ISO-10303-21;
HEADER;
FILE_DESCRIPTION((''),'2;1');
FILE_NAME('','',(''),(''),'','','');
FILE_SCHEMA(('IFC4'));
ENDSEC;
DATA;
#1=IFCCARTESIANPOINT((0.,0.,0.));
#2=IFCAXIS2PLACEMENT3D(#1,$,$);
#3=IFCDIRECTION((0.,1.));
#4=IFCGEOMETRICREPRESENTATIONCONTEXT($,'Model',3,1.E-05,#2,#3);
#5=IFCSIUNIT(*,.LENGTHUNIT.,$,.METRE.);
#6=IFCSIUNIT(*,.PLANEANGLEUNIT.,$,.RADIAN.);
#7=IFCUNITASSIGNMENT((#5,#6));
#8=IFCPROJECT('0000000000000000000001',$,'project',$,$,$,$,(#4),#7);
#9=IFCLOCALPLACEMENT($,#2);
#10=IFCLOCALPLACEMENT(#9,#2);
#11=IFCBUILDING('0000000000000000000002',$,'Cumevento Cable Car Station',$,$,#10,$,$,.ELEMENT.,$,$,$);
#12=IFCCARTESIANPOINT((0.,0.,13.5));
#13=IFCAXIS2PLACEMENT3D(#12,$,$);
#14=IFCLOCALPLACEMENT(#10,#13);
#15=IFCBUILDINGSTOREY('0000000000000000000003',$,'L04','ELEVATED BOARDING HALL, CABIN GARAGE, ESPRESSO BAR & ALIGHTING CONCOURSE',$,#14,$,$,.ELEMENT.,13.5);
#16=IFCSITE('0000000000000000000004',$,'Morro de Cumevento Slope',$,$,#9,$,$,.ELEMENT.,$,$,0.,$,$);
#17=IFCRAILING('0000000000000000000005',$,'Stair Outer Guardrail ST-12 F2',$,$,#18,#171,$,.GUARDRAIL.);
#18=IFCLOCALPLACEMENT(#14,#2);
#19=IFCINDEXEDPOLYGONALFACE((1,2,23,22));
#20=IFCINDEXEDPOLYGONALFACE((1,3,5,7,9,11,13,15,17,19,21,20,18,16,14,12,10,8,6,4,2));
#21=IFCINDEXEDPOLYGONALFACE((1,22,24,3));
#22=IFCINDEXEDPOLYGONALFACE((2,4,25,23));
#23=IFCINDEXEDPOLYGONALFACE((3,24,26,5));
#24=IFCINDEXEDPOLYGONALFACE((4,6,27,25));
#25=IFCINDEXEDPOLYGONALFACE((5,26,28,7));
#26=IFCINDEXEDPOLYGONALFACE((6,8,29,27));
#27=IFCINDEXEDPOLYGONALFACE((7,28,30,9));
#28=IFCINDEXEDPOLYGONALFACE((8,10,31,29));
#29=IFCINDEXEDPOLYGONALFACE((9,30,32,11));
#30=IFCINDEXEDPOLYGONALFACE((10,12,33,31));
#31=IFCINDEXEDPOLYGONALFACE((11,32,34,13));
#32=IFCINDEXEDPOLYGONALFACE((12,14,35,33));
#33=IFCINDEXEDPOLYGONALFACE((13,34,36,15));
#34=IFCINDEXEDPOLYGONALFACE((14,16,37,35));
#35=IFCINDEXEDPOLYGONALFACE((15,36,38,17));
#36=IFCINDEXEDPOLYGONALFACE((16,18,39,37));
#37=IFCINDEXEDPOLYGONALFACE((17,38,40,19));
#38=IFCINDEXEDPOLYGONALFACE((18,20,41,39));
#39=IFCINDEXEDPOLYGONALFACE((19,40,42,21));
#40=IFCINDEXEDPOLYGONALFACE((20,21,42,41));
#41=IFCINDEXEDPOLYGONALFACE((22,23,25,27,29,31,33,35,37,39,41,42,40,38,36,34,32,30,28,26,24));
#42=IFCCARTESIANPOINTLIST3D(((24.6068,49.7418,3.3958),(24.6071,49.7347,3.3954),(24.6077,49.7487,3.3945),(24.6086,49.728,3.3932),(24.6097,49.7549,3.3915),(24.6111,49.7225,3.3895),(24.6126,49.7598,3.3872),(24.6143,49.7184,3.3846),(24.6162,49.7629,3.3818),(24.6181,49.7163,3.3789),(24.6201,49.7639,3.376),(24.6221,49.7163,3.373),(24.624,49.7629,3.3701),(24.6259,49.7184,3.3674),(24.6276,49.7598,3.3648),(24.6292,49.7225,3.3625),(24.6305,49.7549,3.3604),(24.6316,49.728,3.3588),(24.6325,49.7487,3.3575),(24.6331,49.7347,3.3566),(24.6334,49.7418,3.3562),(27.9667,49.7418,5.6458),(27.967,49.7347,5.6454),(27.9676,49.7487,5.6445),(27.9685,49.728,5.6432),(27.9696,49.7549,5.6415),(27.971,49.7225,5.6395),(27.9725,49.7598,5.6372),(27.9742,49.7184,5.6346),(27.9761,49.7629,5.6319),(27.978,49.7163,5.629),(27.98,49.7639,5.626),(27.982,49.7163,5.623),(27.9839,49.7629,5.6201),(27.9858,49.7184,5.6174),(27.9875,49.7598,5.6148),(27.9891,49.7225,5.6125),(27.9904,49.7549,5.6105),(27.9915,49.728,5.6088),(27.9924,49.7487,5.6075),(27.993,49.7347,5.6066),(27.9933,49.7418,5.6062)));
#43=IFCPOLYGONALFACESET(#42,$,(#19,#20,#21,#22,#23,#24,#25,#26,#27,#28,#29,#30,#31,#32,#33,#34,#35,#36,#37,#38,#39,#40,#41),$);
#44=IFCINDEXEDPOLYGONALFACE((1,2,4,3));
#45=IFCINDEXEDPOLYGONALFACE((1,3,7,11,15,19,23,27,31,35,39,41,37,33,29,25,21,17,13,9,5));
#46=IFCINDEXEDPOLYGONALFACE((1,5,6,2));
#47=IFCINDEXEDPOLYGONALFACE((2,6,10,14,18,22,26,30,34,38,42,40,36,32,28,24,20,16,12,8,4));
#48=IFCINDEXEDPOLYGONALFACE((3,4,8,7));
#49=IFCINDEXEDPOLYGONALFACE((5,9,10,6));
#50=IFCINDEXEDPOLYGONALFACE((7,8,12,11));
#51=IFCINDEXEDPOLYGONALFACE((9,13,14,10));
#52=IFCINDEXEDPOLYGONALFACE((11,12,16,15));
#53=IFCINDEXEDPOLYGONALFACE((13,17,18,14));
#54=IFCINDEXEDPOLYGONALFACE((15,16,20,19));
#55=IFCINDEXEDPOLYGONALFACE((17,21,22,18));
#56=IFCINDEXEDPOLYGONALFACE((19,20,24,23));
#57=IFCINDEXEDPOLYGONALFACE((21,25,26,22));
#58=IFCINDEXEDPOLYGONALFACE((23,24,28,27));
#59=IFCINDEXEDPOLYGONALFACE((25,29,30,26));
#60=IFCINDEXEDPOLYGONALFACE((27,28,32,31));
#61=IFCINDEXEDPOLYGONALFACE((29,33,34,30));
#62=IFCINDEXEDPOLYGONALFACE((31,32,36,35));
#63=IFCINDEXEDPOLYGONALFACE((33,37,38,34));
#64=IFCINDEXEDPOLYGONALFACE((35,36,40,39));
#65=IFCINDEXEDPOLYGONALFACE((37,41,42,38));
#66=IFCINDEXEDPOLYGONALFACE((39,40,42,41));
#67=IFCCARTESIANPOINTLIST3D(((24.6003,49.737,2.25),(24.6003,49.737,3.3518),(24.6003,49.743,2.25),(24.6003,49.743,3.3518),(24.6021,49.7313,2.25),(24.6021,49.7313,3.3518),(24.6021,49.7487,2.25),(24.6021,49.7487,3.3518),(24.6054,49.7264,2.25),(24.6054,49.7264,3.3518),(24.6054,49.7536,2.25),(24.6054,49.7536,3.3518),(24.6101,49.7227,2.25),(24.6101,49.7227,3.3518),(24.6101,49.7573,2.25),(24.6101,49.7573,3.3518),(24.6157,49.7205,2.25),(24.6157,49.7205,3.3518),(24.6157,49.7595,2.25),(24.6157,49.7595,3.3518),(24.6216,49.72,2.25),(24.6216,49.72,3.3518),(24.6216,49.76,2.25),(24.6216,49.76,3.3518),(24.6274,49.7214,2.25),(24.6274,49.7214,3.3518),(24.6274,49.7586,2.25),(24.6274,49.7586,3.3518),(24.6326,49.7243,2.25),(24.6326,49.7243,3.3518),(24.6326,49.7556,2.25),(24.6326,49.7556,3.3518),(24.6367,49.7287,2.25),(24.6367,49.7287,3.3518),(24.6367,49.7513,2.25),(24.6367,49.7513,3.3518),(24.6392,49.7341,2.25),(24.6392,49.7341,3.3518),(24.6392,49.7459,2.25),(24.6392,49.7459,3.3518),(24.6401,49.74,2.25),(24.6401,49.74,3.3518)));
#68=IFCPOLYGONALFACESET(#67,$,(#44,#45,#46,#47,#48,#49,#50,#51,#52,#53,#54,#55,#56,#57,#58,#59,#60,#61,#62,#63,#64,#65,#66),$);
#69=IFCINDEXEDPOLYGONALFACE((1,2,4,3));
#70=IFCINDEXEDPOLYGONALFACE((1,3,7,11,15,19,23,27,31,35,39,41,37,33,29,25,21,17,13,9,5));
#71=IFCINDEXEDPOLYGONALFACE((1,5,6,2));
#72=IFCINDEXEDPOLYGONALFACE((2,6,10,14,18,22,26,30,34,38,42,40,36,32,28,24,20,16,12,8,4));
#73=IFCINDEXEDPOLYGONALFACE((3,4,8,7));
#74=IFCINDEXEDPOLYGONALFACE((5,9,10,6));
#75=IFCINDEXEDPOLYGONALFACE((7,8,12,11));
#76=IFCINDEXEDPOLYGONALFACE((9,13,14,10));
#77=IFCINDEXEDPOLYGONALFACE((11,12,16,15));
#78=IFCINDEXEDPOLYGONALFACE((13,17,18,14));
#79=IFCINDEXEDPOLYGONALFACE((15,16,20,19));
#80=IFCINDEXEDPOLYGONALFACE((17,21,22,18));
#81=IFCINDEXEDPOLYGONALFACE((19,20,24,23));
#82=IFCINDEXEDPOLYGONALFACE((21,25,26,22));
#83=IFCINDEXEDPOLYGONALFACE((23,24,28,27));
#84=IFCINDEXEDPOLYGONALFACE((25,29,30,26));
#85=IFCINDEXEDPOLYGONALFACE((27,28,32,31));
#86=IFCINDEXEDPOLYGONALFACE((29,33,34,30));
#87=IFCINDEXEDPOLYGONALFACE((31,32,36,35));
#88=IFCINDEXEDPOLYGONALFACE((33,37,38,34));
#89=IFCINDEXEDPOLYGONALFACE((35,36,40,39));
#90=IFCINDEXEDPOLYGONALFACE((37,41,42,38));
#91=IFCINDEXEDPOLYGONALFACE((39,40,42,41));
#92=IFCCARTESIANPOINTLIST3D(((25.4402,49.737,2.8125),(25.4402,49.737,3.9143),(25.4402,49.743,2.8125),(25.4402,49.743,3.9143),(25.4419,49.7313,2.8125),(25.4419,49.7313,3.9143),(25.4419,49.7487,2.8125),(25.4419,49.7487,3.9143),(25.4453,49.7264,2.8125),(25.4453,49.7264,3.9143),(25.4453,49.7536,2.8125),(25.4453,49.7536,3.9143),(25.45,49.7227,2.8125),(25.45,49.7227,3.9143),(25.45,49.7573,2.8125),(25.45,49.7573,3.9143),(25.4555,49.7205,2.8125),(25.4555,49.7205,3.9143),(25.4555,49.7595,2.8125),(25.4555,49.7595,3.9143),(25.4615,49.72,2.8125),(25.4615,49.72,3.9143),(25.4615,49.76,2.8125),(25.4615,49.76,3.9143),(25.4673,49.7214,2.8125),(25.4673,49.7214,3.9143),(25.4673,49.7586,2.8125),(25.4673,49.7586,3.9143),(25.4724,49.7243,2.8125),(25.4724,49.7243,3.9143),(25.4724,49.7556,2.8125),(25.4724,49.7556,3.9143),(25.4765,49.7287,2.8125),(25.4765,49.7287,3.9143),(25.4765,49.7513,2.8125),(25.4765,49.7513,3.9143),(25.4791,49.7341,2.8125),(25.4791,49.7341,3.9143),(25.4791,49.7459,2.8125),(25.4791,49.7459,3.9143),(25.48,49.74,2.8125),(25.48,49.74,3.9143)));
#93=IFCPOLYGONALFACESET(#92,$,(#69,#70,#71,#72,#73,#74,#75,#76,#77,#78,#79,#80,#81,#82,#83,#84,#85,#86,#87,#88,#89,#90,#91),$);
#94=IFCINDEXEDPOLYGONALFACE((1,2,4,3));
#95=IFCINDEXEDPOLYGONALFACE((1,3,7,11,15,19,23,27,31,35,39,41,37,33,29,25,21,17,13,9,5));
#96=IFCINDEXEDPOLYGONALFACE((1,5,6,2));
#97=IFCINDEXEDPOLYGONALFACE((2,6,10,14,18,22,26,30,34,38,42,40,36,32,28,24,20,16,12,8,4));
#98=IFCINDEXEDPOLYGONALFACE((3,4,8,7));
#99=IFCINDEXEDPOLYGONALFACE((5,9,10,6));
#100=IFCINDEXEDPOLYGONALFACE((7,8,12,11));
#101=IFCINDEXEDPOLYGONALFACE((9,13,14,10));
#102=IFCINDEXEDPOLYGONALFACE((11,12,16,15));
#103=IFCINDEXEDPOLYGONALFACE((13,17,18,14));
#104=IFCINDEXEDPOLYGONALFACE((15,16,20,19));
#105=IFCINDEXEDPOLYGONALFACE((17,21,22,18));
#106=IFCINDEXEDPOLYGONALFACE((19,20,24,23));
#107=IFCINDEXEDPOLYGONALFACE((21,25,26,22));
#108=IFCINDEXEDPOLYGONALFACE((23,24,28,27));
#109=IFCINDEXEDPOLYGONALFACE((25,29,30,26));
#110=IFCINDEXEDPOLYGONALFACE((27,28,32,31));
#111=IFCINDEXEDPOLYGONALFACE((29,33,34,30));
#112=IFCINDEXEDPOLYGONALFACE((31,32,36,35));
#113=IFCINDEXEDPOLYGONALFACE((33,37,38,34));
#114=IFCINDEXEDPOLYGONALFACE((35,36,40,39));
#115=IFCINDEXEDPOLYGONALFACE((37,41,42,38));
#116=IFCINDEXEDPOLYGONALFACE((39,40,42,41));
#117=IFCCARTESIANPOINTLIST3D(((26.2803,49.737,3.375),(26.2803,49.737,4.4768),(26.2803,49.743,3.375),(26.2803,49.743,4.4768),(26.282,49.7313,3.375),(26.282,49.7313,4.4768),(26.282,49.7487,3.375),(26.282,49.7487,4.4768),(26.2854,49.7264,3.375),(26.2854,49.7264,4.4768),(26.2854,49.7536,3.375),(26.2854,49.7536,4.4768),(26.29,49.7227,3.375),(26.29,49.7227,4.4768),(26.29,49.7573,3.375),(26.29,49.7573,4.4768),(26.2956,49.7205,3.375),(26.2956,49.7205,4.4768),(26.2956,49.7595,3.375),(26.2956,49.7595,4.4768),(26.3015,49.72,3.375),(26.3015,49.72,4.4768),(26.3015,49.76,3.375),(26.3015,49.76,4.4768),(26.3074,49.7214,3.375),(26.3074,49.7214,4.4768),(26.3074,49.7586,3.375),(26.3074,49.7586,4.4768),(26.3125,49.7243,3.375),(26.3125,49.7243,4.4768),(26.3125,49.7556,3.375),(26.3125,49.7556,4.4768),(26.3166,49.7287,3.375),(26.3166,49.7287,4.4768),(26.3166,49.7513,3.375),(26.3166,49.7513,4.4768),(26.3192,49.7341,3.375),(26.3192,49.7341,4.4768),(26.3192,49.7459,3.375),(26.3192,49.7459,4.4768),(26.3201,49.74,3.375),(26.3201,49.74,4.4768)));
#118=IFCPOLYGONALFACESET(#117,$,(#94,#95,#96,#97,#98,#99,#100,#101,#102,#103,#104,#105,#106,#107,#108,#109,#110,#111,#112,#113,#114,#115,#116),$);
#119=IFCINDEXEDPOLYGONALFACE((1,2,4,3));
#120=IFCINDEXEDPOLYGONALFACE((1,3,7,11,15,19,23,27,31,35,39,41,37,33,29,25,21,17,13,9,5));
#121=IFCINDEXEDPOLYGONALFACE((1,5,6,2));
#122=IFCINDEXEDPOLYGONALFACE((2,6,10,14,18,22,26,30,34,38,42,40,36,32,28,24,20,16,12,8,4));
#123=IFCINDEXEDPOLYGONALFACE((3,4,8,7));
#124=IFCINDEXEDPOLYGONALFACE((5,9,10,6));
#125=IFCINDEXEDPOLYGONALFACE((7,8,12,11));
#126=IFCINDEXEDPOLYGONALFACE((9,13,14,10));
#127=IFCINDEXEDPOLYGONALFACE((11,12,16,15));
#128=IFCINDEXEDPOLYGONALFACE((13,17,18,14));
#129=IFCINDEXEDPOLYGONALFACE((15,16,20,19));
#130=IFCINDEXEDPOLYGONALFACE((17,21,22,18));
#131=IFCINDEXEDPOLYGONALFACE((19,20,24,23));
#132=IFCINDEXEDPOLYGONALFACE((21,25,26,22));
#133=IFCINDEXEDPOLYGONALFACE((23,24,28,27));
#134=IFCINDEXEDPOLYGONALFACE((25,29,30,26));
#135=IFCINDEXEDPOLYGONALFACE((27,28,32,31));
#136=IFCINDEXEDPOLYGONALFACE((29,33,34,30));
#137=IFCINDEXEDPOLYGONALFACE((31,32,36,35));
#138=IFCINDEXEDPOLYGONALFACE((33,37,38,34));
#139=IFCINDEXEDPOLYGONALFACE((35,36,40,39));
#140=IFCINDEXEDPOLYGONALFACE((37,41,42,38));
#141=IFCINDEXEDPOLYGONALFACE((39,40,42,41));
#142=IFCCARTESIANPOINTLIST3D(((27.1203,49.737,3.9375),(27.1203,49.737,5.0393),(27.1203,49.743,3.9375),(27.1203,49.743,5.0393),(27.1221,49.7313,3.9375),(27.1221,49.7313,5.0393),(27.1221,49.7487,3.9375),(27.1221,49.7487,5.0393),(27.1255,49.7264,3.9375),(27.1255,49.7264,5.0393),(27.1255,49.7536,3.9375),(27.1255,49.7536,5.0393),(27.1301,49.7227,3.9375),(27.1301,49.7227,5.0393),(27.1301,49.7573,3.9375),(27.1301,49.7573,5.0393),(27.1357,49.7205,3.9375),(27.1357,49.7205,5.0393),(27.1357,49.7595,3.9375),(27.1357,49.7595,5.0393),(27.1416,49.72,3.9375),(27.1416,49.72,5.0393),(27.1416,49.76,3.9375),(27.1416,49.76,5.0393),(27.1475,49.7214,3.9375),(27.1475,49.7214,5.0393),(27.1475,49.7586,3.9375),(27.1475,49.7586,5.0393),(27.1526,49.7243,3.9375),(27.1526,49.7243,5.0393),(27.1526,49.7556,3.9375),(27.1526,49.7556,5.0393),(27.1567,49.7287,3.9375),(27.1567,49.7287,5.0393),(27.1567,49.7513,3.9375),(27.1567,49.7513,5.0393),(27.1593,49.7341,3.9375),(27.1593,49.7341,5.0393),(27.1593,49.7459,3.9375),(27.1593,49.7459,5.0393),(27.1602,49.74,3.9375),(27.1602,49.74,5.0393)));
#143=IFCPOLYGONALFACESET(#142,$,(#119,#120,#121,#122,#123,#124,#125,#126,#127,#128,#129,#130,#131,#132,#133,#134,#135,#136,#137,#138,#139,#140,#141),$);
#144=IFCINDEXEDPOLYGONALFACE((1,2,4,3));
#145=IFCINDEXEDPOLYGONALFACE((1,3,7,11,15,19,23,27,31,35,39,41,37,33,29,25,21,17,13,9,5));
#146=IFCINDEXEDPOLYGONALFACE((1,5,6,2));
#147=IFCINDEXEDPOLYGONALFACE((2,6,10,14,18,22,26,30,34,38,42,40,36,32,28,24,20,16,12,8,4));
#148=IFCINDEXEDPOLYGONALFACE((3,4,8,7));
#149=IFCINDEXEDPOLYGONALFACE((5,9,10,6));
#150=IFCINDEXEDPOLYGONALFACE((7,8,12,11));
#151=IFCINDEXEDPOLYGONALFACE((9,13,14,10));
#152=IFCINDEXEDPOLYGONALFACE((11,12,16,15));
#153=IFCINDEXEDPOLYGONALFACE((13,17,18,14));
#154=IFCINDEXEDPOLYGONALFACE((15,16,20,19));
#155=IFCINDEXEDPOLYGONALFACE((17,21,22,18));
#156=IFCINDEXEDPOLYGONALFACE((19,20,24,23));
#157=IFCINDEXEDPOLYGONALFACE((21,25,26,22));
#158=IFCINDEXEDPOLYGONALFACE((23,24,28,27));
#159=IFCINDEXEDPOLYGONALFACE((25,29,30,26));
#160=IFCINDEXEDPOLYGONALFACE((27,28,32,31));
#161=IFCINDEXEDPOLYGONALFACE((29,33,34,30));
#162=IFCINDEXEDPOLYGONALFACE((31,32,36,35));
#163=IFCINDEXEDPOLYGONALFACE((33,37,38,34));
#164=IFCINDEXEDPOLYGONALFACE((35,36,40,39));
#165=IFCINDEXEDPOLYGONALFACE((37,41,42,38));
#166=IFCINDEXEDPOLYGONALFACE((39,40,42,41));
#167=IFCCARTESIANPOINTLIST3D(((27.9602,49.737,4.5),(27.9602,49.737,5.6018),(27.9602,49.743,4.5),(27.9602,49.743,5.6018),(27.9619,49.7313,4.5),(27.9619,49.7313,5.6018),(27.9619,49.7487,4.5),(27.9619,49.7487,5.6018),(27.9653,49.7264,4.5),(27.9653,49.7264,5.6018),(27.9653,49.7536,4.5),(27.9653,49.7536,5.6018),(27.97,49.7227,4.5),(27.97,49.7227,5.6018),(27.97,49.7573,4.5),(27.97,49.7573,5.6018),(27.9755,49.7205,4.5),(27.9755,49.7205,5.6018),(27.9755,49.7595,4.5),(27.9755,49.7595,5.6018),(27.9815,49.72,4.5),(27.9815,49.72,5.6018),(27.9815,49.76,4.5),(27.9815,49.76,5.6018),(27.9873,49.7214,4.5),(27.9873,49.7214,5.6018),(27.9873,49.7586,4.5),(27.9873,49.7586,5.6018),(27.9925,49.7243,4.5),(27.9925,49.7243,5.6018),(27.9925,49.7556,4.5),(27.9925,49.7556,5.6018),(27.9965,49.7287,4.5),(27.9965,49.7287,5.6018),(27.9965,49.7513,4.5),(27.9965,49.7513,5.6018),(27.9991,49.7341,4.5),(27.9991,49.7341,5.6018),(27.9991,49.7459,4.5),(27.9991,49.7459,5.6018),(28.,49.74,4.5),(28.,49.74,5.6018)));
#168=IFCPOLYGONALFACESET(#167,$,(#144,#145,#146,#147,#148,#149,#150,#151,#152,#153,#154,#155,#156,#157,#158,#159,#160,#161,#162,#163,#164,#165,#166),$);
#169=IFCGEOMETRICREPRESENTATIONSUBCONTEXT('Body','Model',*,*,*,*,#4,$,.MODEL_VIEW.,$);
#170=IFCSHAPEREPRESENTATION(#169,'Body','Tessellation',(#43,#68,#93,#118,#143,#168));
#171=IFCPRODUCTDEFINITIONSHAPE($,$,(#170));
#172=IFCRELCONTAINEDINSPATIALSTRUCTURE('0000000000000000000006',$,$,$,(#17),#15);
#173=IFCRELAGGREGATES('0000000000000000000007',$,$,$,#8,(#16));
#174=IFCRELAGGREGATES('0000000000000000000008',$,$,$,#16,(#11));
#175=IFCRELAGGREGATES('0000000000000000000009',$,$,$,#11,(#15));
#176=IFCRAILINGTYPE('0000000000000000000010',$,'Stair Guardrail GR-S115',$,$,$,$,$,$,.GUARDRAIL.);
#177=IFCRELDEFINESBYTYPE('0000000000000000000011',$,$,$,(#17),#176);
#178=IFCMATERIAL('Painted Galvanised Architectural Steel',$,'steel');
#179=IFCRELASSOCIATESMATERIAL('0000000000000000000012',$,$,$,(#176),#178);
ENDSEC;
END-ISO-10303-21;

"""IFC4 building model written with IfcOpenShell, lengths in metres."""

from ifc_helpers import new_model, si_unit, direction, frame, origin, origin_2d, place, context, subcontext, project, spatial, circle, extrude, material, type_object, element, save


model = new_model("IFC4")

# Units and contexts
model_context = context("Model", 3, precision=1e-05, world=origin(), true_north=direction((0.0, 1.0)))
body_context = subcontext(model_context, "Body", "Model", "MODEL_VIEW")
ifc_project = project(units=[si_unit("LENGTHUNIT", "METRE"), si_unit("PLANEANGLEUNIT", "RADIAN")], contexts=[model_context])

# Site, building, storey
site_placement = place(None, origin())
site = spatial("IfcSite", under=ifc_project, at=site_placement, Name="Morro de Cumevento Slope", CompositionType="ELEMENT", RefElevation=0.0)
building_placement = place(site_placement, origin())
building = spatial("IfcBuilding", under=site, at=building_placement, Name="Cumevento Cable Car Station", CompositionType="ELEMENT")
storey_placement = place(building_placement, frame((0.0, 0.0, 13.5)))
storey = spatial("IfcBuildingStorey", under=building, at=storey_placement, Name="L04", Description="ELEVATED BOARDING HALL, CABIN GARAGE, ESPRESSO BAR & ALIGHTING CONCOURSE", CompositionType="ELEMENT", Elevation=13.5)

# Railing
ifc_material_1 = material(Name="Painted Galvanised Architectural Steel", Category="steel")
railing_type_1 = type_object("IfcRailingType", Name="Stair Guardrail GR-S115", PredefinedType="GUARDRAIL", material=ifc_material_1)
railing_1_placement = place(storey_placement, frame((24.6201, 49.74, 2.25)))
element("IfcRailing", 1, at=railing_1_placement, inside=storey, type_object=railing_type_1, Name="Stair Outer Guardrail ST-12 F2", PredefinedType="GUARDRAIL", context=body_context, shape_type="SweptSolid", body=[
    extrude(circle(Radius=0.0239, at=origin_2d()), frame((0.0, 0.0, 1.126), z_axis=(0.830897, 0.0, 0.556427), x_axis=(0.0, 1.0, 0.0)), (0.0, 0.0, 1.0), 4.0437),
    extrude(circle(Radius=0.02, at=origin_2d()), origin(), (0.0, 0.0, 1.0), 1.1018),
    extrude(circle(Radius=0.02, at=origin_2d()), frame((0.8398, 0.0, 0.5625)), (0.0, 0.0, 1.0), 1.1018),
    extrude(circle(Radius=0.02, at=origin_2d()), frame((1.6799, 0.0, 1.125)), (0.0, 0.0, 1.0), 1.1018),
    extrude(circle(Radius=0.02, at=origin_2d()), frame((2.52, 0.0, 1.6875)), (0.0, 0.0, 1.0), 1.1018),
    extrude(circle(Radius=0.02, at=origin_2d()), frame((3.3599, 0.0, 2.25)), (0.0, 0.0, 1.0), 1.1018),
])

save(model, "model.ifc")
